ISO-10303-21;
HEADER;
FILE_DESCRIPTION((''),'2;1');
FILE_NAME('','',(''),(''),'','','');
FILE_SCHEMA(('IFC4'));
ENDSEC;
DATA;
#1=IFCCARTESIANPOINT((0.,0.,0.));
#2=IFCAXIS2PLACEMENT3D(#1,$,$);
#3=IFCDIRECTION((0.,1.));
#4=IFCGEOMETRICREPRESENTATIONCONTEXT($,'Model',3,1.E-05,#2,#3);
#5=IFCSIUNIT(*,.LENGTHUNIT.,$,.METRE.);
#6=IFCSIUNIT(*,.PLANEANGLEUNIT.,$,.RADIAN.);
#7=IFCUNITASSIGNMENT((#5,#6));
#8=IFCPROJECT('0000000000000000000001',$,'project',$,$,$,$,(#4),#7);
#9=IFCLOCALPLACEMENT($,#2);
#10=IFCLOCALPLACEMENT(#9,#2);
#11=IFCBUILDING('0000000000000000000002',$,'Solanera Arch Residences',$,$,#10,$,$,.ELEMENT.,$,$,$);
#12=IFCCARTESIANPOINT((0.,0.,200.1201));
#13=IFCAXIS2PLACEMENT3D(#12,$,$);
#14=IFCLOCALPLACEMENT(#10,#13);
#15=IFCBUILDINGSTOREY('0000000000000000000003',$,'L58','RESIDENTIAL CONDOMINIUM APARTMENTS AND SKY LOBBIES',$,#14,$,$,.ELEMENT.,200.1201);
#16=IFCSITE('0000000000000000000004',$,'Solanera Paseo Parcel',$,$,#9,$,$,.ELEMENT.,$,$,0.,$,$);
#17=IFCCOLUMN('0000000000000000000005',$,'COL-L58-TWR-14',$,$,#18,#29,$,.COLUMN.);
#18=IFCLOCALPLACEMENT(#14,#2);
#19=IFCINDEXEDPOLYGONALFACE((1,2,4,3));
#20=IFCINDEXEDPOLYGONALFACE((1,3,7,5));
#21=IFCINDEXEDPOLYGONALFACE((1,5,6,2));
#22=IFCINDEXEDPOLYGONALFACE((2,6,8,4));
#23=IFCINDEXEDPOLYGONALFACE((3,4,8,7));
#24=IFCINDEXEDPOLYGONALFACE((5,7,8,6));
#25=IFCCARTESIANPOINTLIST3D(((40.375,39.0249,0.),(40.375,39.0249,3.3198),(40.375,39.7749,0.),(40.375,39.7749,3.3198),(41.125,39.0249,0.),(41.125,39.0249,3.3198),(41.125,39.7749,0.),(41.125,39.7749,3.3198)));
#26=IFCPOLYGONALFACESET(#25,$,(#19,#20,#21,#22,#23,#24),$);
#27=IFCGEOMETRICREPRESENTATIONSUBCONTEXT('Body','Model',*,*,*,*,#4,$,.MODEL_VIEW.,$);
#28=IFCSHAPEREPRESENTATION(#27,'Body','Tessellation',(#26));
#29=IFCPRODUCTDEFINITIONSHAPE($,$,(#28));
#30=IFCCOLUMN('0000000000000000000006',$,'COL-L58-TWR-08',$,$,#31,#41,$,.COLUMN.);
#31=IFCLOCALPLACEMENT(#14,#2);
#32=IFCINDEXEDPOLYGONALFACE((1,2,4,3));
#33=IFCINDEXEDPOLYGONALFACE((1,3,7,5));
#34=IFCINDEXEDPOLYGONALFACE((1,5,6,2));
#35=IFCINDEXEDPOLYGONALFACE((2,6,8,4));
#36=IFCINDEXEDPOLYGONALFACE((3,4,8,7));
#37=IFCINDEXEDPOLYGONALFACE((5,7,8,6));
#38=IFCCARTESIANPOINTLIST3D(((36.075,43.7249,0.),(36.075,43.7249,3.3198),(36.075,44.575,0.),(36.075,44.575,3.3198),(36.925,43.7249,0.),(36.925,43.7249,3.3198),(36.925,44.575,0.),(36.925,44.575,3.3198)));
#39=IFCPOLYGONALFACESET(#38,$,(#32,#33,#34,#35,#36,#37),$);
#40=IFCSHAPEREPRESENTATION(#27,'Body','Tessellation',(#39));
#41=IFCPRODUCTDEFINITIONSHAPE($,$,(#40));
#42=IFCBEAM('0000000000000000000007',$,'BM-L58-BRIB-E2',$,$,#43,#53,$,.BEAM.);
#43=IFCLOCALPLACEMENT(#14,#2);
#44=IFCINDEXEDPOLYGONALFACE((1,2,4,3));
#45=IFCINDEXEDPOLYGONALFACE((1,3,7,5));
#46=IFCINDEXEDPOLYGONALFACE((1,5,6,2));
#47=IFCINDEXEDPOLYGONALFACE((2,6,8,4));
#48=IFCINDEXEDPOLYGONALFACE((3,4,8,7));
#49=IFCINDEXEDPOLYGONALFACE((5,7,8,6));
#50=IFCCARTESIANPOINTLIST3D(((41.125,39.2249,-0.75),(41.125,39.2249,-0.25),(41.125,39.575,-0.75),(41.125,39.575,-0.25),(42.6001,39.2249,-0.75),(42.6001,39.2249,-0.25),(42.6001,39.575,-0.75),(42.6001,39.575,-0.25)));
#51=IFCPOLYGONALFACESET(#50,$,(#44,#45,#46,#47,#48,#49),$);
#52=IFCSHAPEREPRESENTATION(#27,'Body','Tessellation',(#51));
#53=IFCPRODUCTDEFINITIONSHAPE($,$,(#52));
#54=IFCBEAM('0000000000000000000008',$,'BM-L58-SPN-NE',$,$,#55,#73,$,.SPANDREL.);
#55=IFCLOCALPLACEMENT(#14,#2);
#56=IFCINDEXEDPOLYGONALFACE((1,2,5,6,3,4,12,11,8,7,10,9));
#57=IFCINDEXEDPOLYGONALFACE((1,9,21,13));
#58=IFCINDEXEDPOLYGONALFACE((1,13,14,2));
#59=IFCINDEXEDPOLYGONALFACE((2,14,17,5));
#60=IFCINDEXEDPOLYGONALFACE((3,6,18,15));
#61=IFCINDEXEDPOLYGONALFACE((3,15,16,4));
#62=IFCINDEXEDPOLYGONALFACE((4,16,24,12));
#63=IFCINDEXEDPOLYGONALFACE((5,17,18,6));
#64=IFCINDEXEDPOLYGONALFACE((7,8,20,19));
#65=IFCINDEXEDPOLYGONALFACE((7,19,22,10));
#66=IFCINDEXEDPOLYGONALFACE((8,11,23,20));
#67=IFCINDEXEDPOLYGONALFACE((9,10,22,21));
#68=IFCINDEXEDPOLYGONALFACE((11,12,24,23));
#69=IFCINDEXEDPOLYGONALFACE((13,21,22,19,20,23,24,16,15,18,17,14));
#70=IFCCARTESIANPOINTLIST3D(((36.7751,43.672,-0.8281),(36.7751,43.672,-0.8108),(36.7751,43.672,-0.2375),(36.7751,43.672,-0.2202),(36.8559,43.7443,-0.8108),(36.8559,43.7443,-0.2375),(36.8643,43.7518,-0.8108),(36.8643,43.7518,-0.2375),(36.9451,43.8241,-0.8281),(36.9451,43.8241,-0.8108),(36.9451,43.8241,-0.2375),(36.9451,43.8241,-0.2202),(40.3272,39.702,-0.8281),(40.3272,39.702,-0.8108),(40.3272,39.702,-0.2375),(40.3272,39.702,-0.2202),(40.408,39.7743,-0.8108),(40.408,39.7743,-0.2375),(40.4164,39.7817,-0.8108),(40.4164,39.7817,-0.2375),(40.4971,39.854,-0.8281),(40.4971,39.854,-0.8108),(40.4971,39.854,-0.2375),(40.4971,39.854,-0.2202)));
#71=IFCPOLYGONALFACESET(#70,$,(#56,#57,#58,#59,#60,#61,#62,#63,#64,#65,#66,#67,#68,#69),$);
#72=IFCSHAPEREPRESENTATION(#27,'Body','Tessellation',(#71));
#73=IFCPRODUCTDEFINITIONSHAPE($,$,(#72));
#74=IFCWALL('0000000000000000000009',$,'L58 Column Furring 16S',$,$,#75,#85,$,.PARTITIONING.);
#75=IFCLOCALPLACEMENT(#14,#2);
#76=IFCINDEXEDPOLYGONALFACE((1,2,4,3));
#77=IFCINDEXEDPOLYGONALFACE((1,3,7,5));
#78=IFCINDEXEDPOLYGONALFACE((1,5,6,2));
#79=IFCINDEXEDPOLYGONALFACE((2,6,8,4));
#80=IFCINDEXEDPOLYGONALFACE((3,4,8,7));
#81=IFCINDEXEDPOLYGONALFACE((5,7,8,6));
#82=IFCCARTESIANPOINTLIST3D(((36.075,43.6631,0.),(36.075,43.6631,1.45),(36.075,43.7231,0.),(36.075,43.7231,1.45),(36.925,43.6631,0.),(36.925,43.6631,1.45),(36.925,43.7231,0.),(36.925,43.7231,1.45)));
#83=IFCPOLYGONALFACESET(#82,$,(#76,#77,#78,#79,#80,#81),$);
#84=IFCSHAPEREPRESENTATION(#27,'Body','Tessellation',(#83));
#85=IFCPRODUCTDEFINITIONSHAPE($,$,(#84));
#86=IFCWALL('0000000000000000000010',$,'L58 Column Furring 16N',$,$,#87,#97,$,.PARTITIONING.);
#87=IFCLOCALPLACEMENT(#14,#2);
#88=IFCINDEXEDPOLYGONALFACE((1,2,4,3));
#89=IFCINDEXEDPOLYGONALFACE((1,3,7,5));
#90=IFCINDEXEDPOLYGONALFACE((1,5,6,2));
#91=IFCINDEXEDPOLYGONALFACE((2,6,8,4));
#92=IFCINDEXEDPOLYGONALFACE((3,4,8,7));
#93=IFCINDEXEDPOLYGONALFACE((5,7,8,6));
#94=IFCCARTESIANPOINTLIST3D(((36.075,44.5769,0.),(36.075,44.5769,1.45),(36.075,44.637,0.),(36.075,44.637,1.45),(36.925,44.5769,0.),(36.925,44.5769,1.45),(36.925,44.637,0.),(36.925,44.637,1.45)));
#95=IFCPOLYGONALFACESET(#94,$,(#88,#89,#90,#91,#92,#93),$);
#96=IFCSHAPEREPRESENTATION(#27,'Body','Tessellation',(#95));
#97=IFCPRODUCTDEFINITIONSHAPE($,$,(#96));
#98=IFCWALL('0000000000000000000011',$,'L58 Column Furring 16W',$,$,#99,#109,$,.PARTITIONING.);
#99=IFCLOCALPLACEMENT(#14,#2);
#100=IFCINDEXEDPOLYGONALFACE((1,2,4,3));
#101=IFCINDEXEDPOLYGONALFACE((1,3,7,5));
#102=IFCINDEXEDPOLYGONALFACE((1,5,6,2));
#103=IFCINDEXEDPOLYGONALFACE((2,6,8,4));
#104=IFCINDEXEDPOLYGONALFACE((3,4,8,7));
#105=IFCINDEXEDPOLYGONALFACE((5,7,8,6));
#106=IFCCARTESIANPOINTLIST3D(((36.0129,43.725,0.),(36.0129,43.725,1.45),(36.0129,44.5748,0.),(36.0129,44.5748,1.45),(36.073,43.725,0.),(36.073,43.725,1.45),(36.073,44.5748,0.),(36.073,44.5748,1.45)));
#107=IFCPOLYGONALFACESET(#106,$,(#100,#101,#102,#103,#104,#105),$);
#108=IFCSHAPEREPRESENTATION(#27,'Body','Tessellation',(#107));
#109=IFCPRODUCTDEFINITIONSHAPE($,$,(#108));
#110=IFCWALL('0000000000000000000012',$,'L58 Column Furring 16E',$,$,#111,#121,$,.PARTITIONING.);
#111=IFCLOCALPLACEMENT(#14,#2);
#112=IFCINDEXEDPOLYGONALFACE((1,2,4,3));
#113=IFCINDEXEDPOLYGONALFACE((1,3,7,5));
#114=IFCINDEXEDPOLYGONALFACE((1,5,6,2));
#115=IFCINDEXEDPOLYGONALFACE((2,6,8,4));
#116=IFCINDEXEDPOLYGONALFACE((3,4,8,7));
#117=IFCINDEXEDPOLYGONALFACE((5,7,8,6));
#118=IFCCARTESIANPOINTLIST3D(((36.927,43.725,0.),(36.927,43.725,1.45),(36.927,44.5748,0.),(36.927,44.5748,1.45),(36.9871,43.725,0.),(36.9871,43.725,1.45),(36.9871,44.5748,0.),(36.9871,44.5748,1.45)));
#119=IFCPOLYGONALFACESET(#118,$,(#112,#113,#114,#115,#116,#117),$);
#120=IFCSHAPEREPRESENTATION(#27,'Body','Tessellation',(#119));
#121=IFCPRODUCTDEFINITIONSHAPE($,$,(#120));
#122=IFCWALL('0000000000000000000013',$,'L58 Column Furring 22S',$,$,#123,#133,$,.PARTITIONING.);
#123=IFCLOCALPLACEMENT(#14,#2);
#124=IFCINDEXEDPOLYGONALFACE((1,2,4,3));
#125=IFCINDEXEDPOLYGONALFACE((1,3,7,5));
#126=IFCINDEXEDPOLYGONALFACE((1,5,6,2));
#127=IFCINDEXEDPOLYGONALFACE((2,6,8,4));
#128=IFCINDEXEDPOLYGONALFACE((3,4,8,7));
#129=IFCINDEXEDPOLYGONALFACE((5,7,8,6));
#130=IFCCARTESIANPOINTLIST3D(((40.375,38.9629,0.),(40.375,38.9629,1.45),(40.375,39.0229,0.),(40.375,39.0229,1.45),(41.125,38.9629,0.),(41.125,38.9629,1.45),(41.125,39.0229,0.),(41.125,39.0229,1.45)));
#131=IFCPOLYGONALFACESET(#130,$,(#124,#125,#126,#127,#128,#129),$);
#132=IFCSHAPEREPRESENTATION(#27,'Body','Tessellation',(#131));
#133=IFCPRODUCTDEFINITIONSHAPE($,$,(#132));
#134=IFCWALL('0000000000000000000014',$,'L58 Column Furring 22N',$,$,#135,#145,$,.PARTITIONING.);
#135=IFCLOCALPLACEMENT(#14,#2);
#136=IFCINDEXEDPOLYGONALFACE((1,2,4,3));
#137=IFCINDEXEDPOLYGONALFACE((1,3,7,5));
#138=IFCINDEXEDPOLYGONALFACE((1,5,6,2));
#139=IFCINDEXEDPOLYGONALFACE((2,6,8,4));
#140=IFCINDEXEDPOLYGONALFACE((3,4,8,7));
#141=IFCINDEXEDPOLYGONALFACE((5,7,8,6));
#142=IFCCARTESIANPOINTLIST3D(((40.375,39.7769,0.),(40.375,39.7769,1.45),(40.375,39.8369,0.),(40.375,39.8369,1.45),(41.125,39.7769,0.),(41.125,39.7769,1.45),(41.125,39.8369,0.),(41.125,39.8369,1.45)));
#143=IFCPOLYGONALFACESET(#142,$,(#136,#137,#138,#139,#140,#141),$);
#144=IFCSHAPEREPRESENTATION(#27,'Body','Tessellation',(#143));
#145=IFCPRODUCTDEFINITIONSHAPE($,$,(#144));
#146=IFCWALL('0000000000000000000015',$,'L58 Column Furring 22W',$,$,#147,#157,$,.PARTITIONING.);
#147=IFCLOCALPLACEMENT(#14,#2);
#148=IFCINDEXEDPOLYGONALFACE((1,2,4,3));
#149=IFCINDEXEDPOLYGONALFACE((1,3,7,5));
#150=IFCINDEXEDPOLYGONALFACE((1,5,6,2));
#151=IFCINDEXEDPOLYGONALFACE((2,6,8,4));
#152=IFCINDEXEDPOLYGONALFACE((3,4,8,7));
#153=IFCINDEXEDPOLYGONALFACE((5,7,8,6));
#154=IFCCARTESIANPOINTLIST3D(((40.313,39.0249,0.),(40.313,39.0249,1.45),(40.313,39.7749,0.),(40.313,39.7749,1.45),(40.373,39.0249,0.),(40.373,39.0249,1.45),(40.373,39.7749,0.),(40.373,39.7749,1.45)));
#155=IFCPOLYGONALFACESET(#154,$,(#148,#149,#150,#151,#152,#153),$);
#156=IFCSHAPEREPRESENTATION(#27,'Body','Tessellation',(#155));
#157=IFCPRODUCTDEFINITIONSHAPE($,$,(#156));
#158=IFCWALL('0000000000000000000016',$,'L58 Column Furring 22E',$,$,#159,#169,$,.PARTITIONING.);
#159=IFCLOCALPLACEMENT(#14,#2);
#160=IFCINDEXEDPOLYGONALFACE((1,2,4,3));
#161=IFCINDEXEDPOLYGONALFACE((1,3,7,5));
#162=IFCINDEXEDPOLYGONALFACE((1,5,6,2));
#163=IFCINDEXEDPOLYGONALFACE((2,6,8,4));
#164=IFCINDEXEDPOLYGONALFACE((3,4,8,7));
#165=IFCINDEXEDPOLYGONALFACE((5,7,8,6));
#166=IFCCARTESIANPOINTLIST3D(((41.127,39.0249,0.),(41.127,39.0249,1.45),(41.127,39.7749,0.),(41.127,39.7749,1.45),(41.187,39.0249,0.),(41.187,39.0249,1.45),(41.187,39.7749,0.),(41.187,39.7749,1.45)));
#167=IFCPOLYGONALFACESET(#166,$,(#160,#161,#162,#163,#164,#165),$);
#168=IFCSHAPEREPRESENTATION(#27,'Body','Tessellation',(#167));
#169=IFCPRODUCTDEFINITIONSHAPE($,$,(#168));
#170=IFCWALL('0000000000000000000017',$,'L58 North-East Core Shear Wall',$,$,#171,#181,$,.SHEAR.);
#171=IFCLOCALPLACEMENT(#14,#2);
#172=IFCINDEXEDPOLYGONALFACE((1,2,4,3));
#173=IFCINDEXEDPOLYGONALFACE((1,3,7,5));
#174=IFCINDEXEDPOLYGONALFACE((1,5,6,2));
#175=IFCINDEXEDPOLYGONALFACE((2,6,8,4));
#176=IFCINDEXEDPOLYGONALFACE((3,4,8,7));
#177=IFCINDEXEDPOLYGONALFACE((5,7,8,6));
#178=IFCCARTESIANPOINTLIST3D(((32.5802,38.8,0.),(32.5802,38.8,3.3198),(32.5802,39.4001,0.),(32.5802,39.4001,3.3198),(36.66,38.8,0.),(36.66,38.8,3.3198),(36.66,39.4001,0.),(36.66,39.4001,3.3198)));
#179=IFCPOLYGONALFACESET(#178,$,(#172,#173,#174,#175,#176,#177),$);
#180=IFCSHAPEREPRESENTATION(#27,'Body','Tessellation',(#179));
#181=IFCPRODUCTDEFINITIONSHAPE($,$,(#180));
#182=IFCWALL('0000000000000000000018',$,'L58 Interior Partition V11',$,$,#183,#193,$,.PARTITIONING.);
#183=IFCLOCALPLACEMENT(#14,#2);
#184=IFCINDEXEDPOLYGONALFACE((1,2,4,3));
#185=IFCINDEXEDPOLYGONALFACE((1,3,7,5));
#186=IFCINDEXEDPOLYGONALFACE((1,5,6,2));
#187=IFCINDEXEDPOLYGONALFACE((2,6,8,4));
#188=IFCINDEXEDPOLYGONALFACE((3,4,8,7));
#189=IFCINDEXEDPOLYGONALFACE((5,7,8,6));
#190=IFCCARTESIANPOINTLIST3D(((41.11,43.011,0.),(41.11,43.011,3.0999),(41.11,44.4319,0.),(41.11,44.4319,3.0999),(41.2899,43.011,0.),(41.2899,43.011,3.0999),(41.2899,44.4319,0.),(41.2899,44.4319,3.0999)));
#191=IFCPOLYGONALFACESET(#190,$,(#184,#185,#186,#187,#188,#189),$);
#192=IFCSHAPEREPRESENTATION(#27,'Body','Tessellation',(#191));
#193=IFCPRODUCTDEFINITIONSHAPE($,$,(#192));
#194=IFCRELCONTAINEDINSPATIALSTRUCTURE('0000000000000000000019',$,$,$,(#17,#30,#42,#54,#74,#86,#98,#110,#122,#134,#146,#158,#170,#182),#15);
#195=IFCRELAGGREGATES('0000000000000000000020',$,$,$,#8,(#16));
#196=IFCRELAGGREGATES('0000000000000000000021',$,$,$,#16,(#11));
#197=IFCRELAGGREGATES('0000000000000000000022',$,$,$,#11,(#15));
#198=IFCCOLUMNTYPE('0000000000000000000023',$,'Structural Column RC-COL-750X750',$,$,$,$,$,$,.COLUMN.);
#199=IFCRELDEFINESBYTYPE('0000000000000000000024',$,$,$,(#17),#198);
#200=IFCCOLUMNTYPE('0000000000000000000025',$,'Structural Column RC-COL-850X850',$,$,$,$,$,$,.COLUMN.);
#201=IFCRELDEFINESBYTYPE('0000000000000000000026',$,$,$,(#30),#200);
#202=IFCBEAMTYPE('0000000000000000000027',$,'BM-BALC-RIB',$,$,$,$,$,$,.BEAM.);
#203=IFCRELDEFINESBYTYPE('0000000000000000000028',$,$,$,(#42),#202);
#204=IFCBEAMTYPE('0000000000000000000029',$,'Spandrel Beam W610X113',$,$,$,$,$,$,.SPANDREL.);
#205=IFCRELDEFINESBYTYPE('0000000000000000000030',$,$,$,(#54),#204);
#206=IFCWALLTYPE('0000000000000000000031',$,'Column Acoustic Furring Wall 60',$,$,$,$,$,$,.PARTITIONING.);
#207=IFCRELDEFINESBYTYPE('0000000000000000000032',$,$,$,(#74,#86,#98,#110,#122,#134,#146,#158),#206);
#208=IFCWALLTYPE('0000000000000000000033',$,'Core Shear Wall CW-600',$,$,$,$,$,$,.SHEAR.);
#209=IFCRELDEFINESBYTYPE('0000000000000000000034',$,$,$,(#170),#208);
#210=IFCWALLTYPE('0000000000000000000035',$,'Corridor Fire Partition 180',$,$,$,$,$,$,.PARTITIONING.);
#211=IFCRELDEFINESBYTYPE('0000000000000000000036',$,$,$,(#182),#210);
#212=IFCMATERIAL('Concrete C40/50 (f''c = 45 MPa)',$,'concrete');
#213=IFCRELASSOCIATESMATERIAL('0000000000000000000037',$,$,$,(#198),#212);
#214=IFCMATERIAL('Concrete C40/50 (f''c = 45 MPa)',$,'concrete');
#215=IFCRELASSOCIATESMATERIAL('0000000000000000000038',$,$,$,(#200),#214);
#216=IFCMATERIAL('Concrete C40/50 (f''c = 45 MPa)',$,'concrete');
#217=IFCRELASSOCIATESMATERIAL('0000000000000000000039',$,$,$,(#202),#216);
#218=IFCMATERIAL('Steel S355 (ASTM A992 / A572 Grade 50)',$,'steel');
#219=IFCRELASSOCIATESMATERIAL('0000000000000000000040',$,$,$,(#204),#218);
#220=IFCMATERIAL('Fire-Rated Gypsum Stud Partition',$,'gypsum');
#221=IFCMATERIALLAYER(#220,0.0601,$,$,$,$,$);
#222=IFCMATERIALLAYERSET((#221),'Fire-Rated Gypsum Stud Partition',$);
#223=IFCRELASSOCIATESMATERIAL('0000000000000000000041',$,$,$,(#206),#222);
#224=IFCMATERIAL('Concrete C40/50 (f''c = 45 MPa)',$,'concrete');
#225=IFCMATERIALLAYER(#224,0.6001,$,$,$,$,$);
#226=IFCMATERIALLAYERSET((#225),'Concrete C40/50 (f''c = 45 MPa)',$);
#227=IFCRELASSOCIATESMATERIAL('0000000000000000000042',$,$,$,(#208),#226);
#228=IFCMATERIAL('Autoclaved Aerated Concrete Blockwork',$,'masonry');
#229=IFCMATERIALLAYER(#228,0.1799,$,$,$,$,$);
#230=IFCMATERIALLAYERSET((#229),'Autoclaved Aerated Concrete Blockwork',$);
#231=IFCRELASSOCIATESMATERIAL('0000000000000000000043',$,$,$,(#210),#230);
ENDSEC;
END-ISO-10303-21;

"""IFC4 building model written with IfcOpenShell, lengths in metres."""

from ifc_helpers import new_model, si_unit, direction, frame, frame_2d, origin, origin_2d, place, context, subcontext, project, spatial, rectangle, i_section, extrude, material, layer, layer_set, material_profile, profile_set, type_object, element, save


model = new_model("IFC4")

# Units and contexts
model_context = context("Model", 3, precision=1e-05, world=origin(), true_north=direction((0.0, 1.0)))
body_context = subcontext(model_context, "Body", "Model", "MODEL_VIEW")
ifc_project = project(units=[si_unit("LENGTHUNIT", "METRE"), si_unit("PLANEANGLEUNIT", "RADIAN")], contexts=[model_context])

# Site, building, storey
site_placement = place(None, origin())
site = spatial("IfcSite", under=ifc_project, at=site_placement, Name="Solanera Paseo Parcel", CompositionType="ELEMENT", RefElevation=0.0)
building_placement = place(site_placement, origin())
building = spatial("IfcBuilding", under=site, at=building_placement, Name="Solanera Arch Residences", CompositionType="ELEMENT")
storey_placement = place(building_placement, frame((0.0, 0.0, 200.1201)))
storey = spatial("IfcBuildingStorey", under=building, at=storey_placement, Name="L58", Description="RESIDENTIAL CONDOMINIUM APARTMENTS AND SKY LOBBIES", CompositionType="ELEMENT", Elevation=200.1201)

# Columns
ifc_material_1 = material(Name="Concrete C40/50 (f'c = 45 MPa)", Category="concrete")
ifc_material_profile_1 = material_profile(ifc_material_1, rectangle(XDim=0.75, YDim=0.75, at=origin_2d()))
ifc_profile_set_1 = profile_set([ifc_material_profile_1], Name="Concrete C40/50 (f'c = 45 MPa)")
column_type_1 = type_object("IfcColumnType", Name="Structural Column RC-COL-750X750", PredefinedType="COLUMN", material=ifc_profile_set_1)
column_1_placement = place(storey_placement, frame((40.75, 39.3999, 0.0), z_axis=(0.0, 0.0, 1.0), x_axis=(1.0, 0.0, 0.0)))
element("IfcColumn", 1, at=column_1_placement, inside=storey, type_object=column_type_1, Name="COL-L58-TWR-14", PredefinedType="COLUMN", context=body_context, shape_type="SweptSolid", body=[
    extrude(rectangle(XDim=0.75, YDim=0.75, at=origin_2d()), origin(), (0.0, 0.0, 1.0), 3.3198),
])
ifc_material_2 = material(Name="Concrete C40/50 (f'c = 45 MPa)", Category="concrete")
ifc_material_profile_2 = material_profile(ifc_material_2, rectangle(XDim=0.8501, YDim=0.8501, at=origin_2d()))
ifc_profile_set_2 = profile_set([ifc_material_profile_2], Name="Concrete C40/50 (f'c = 45 MPa)")
column_type_2 = type_object("IfcColumnType", Name="Structural Column RC-COL-850X850", PredefinedType="COLUMN", material=ifc_profile_set_2)
column_2_placement = place(storey_placement, frame((36.5, 44.1499, 0.0), z_axis=(0.0, 0.0, 1.0), x_axis=(1.0, 0.0, 0.0)))
element("IfcColumn", 2, at=column_2_placement, inside=storey, type_object=column_type_2, Name="COL-L58-TWR-08", PredefinedType="COLUMN", context=body_context, shape_type="SweptSolid", body=[
    extrude(rectangle(XDim=0.8501, YDim=0.8501, at=origin_2d()), origin(), (0.0, 0.0, 1.0), 3.3198),
])

# Beams
ifc_material_3 = material(Name="Concrete C40/50 (f'c = 45 MPa)", Category="concrete")
ifc_material_profile_3 = material_profile(ifc_material_3, rectangle(XDim=0.3501, YDim=0.5, at=origin_2d()))
ifc_profile_set_3 = profile_set([ifc_material_profile_3], Name="Concrete C40/50 (f'c = 45 MPa)")
beam_type_1 = type_object("IfcBeamType", Name="BM-BALC-RIB", PredefinedType="BEAM", material=ifc_profile_set_3)
beam_1_placement = place(storey_placement, frame((41.125, 39.3999, -0.5), z_axis=(1.0, 0.0, 0.0), x_axis=(0.0, 1.0, 0.0)))
element("IfcBeam", 3, at=beam_1_placement, inside=storey, type_object=beam_type_1, Name="BM-L58-BRIB-E2", PredefinedType="BEAM", context=body_context, shape_type="SweptSolid", body=[
    extrude(rectangle(XDim=0.3501, YDim=0.5, at=origin_2d()), origin(), (0.0, 0.0, 1.0), 1.4751),
])
ifc_material_4 = material(Name="Steel S355 (ASTM A992 / A572 Grade 50)", Category="steel")
ifc_material_profile_4 = material_profile(ifc_material_4, i_section(OverallWidth=0.228, OverallDepth=0.6079, WebThickness=0.0112, FlangeThickness=0.0173, at=origin_2d()))
ifc_profile_set_4 = profile_set([ifc_material_profile_4], Name="Steel S355 (ASTM A992 / A572 Grade 50)")
beam_type_2 = type_object("IfcBeamType", Name="Spandrel Beam W610X113", PredefinedType="SPANDREL", material=ifc_profile_set_4)
beam_2_placement = place(storey_placement, frame((36.8601, 43.748, -0.5242), z_axis=(0.666787, -0.745249, 0.0), x_axis=(0.745249, 0.666787, 0.0)))
element("IfcBeam", 4, at=beam_2_placement, inside=storey, type_object=beam_type_2, Name="BM-L58-SPN-NE", PredefinedType="SPANDREL", context=body_context, shape_type="SweptSolid", body=[
    extrude(i_section(OverallWidth=0.228, OverallDepth=0.6079, WebThickness=0.0112, FlangeThickness=0.0173, at=origin_2d()), origin(), (0.0, 0.0, 1.0), 5.3271),
])

# Walls
ifc_material_5 = material(Name="Fire-Rated Gypsum Stud Partition", Category="gypsum")
ifc_layer_1 = layer(ifc_material_5, 0.0601)
ifc_layer_set_1 = layer_set([ifc_layer_1], Name="Fire-Rated Gypsum Stud Partition")
wall_type_1 = type_object("IfcWallType", Name="Column Acoustic Furring Wall 60", PredefinedType="PARTITIONING", material=ifc_layer_set_1)
for number, where, z_axis, x_axis, name in (
    (5, (36.075, 43.6931, 0.0), (0.0, 0.0, 1.0), (1.0, 0.0, 0.0), "L58 Column Furring 16S"),
    (6, (36.075, 44.6069, 0.0), (0.0, 0.0, 1.0), (1.0, 0.0, 0.0), "L58 Column Furring 16N"),
):
    element("IfcWall", number, at=place(storey_placement, frame(where, z_axis=z_axis, x_axis=x_axis)), inside=storey, type_object=wall_type_1, Name=name, PredefinedType="PARTITIONING", context=body_context, shape_type="SweptSolid", body=[
        extrude(rectangle(XDim=0.8501, YDim=0.0601, at=frame_2d((0.425, 0.0))), origin(), (0.0, 0.0, 1.0), 1.45),
    ])
for number, where, z_axis, x_axis, name in (
    (7, (36.043, 43.7251, 0.0), (0.0, 0.0, 1.0), (0.0, 1.0, 0.0), "L58 Column Furring 16W"),
    (8, (36.957, 43.7251, 0.0), (0.0, 0.0, 1.0), (0.0, 1.0, 0.0), "L58 Column Furring 16E"),
):
    element("IfcWall", number, at=place(storey_placement, frame(where, z_axis=z_axis, x_axis=x_axis)), inside=storey, type_object=wall_type_1, Name=name, PredefinedType="PARTITIONING", context=body_context, shape_type="SweptSolid", body=[
        extrude(rectangle(XDim=0.8499, YDim=0.0601, at=frame_2d((0.4248, 0.0))), origin(), (0.0, 0.0, 1.0), 1.45),
    ])
for number, where, z_axis, x_axis, name in (
    (9, (40.375, 38.9929, 0.0), (0.0, 0.0, 1.0), (1.0, 0.0, 0.0), "L58 Column Furring 22S"),
    (10, (40.375, 39.8069, 0.0), (0.0, 0.0, 1.0), (1.0, 0.0, 0.0), "L58 Column Furring 22N"),
    (11, (40.343, 39.0249, 0.0), (0.0, 0.0, 1.0), (0.0, 1.0, 0.0), "L58 Column Furring 22W"),
    (12, (41.157, 39.0249, 0.0), (0.0, 0.0, 1.0), (0.0, 1.0, 0.0), "L58 Column Furring 22E"),
):
    element("IfcWall", number, at=place(storey_placement, frame(where, z_axis=z_axis, x_axis=x_axis)), inside=storey, type_object=wall_type_1, Name=name, PredefinedType="PARTITIONING", context=body_context, shape_type="SweptSolid", body=[
        extrude(rectangle(XDim=0.75, YDim=0.0601, at=frame_2d((0.375, 0.0))), origin(), (0.0, 0.0, 1.0), 1.45),
    ])
ifc_material_6 = material(Name="Concrete C40/50 (f'c = 45 MPa)", Category="concrete")
ifc_layer_2 = layer(ifc_material_6, 0.6001)
ifc_layer_set_2 = layer_set([ifc_layer_2], Name="Concrete C40/50 (f'c = 45 MPa)")
wall_type_2 = type_object("IfcWallType", Name="Core Shear Wall CW-600", PredefinedType="SHEAR", material=ifc_layer_set_2)
wall_1_placement = place(storey_placement, frame((32.5801, 39.1001, 0.0), z_axis=(0.0, 0.0, 1.0), x_axis=(1.0, 0.0, 0.0)))
element("IfcWall", 13, at=wall_1_placement, inside=storey, type_object=wall_type_2, Name="L58 North-East Core Shear Wall", PredefinedType="SHEAR", context=body_context, shape_type="SweptSolid", body=[
    extrude(rectangle(XDim=4.0798, YDim=0.6001, at=frame_2d((2.04, 0.0))), origin(), (0.0, 0.0, 1.0), 3.3198),
])
ifc_material_7 = material(Name="Autoclaved Aerated Concrete Blockwork", Category="masonry")
ifc_layer_3 = layer(ifc_material_7, 0.1799)
ifc_layer_set_3 = layer_set([ifc_layer_3], Name="Autoclaved Aerated Concrete Blockwork")
wall_type_3 = type_object("IfcWallType", Name="Corridor Fire Partition 180", PredefinedType="PARTITIONING", material=ifc_layer_set_3)
wall_2_placement = place(storey_placement, frame((41.2, 43.011, 0.0), z_axis=(0.0, 0.0, 1.0), x_axis=(0.0, 1.0, 0.0)))
element("IfcWall", 14, at=wall_2_placement, inside=storey, type_object=wall_type_3, Name="L58 Interior Partition V11", PredefinedType="PARTITIONING", context=body_context, shape_type="SweptSolid", body=[
    extrude(rectangle(XDim=1.4209, YDim=0.1799, at=frame_2d((0.7104, 0.0))), origin(), (0.0, 0.0, 1.0), 3.0999),
])

save(model, "model.ifc")
